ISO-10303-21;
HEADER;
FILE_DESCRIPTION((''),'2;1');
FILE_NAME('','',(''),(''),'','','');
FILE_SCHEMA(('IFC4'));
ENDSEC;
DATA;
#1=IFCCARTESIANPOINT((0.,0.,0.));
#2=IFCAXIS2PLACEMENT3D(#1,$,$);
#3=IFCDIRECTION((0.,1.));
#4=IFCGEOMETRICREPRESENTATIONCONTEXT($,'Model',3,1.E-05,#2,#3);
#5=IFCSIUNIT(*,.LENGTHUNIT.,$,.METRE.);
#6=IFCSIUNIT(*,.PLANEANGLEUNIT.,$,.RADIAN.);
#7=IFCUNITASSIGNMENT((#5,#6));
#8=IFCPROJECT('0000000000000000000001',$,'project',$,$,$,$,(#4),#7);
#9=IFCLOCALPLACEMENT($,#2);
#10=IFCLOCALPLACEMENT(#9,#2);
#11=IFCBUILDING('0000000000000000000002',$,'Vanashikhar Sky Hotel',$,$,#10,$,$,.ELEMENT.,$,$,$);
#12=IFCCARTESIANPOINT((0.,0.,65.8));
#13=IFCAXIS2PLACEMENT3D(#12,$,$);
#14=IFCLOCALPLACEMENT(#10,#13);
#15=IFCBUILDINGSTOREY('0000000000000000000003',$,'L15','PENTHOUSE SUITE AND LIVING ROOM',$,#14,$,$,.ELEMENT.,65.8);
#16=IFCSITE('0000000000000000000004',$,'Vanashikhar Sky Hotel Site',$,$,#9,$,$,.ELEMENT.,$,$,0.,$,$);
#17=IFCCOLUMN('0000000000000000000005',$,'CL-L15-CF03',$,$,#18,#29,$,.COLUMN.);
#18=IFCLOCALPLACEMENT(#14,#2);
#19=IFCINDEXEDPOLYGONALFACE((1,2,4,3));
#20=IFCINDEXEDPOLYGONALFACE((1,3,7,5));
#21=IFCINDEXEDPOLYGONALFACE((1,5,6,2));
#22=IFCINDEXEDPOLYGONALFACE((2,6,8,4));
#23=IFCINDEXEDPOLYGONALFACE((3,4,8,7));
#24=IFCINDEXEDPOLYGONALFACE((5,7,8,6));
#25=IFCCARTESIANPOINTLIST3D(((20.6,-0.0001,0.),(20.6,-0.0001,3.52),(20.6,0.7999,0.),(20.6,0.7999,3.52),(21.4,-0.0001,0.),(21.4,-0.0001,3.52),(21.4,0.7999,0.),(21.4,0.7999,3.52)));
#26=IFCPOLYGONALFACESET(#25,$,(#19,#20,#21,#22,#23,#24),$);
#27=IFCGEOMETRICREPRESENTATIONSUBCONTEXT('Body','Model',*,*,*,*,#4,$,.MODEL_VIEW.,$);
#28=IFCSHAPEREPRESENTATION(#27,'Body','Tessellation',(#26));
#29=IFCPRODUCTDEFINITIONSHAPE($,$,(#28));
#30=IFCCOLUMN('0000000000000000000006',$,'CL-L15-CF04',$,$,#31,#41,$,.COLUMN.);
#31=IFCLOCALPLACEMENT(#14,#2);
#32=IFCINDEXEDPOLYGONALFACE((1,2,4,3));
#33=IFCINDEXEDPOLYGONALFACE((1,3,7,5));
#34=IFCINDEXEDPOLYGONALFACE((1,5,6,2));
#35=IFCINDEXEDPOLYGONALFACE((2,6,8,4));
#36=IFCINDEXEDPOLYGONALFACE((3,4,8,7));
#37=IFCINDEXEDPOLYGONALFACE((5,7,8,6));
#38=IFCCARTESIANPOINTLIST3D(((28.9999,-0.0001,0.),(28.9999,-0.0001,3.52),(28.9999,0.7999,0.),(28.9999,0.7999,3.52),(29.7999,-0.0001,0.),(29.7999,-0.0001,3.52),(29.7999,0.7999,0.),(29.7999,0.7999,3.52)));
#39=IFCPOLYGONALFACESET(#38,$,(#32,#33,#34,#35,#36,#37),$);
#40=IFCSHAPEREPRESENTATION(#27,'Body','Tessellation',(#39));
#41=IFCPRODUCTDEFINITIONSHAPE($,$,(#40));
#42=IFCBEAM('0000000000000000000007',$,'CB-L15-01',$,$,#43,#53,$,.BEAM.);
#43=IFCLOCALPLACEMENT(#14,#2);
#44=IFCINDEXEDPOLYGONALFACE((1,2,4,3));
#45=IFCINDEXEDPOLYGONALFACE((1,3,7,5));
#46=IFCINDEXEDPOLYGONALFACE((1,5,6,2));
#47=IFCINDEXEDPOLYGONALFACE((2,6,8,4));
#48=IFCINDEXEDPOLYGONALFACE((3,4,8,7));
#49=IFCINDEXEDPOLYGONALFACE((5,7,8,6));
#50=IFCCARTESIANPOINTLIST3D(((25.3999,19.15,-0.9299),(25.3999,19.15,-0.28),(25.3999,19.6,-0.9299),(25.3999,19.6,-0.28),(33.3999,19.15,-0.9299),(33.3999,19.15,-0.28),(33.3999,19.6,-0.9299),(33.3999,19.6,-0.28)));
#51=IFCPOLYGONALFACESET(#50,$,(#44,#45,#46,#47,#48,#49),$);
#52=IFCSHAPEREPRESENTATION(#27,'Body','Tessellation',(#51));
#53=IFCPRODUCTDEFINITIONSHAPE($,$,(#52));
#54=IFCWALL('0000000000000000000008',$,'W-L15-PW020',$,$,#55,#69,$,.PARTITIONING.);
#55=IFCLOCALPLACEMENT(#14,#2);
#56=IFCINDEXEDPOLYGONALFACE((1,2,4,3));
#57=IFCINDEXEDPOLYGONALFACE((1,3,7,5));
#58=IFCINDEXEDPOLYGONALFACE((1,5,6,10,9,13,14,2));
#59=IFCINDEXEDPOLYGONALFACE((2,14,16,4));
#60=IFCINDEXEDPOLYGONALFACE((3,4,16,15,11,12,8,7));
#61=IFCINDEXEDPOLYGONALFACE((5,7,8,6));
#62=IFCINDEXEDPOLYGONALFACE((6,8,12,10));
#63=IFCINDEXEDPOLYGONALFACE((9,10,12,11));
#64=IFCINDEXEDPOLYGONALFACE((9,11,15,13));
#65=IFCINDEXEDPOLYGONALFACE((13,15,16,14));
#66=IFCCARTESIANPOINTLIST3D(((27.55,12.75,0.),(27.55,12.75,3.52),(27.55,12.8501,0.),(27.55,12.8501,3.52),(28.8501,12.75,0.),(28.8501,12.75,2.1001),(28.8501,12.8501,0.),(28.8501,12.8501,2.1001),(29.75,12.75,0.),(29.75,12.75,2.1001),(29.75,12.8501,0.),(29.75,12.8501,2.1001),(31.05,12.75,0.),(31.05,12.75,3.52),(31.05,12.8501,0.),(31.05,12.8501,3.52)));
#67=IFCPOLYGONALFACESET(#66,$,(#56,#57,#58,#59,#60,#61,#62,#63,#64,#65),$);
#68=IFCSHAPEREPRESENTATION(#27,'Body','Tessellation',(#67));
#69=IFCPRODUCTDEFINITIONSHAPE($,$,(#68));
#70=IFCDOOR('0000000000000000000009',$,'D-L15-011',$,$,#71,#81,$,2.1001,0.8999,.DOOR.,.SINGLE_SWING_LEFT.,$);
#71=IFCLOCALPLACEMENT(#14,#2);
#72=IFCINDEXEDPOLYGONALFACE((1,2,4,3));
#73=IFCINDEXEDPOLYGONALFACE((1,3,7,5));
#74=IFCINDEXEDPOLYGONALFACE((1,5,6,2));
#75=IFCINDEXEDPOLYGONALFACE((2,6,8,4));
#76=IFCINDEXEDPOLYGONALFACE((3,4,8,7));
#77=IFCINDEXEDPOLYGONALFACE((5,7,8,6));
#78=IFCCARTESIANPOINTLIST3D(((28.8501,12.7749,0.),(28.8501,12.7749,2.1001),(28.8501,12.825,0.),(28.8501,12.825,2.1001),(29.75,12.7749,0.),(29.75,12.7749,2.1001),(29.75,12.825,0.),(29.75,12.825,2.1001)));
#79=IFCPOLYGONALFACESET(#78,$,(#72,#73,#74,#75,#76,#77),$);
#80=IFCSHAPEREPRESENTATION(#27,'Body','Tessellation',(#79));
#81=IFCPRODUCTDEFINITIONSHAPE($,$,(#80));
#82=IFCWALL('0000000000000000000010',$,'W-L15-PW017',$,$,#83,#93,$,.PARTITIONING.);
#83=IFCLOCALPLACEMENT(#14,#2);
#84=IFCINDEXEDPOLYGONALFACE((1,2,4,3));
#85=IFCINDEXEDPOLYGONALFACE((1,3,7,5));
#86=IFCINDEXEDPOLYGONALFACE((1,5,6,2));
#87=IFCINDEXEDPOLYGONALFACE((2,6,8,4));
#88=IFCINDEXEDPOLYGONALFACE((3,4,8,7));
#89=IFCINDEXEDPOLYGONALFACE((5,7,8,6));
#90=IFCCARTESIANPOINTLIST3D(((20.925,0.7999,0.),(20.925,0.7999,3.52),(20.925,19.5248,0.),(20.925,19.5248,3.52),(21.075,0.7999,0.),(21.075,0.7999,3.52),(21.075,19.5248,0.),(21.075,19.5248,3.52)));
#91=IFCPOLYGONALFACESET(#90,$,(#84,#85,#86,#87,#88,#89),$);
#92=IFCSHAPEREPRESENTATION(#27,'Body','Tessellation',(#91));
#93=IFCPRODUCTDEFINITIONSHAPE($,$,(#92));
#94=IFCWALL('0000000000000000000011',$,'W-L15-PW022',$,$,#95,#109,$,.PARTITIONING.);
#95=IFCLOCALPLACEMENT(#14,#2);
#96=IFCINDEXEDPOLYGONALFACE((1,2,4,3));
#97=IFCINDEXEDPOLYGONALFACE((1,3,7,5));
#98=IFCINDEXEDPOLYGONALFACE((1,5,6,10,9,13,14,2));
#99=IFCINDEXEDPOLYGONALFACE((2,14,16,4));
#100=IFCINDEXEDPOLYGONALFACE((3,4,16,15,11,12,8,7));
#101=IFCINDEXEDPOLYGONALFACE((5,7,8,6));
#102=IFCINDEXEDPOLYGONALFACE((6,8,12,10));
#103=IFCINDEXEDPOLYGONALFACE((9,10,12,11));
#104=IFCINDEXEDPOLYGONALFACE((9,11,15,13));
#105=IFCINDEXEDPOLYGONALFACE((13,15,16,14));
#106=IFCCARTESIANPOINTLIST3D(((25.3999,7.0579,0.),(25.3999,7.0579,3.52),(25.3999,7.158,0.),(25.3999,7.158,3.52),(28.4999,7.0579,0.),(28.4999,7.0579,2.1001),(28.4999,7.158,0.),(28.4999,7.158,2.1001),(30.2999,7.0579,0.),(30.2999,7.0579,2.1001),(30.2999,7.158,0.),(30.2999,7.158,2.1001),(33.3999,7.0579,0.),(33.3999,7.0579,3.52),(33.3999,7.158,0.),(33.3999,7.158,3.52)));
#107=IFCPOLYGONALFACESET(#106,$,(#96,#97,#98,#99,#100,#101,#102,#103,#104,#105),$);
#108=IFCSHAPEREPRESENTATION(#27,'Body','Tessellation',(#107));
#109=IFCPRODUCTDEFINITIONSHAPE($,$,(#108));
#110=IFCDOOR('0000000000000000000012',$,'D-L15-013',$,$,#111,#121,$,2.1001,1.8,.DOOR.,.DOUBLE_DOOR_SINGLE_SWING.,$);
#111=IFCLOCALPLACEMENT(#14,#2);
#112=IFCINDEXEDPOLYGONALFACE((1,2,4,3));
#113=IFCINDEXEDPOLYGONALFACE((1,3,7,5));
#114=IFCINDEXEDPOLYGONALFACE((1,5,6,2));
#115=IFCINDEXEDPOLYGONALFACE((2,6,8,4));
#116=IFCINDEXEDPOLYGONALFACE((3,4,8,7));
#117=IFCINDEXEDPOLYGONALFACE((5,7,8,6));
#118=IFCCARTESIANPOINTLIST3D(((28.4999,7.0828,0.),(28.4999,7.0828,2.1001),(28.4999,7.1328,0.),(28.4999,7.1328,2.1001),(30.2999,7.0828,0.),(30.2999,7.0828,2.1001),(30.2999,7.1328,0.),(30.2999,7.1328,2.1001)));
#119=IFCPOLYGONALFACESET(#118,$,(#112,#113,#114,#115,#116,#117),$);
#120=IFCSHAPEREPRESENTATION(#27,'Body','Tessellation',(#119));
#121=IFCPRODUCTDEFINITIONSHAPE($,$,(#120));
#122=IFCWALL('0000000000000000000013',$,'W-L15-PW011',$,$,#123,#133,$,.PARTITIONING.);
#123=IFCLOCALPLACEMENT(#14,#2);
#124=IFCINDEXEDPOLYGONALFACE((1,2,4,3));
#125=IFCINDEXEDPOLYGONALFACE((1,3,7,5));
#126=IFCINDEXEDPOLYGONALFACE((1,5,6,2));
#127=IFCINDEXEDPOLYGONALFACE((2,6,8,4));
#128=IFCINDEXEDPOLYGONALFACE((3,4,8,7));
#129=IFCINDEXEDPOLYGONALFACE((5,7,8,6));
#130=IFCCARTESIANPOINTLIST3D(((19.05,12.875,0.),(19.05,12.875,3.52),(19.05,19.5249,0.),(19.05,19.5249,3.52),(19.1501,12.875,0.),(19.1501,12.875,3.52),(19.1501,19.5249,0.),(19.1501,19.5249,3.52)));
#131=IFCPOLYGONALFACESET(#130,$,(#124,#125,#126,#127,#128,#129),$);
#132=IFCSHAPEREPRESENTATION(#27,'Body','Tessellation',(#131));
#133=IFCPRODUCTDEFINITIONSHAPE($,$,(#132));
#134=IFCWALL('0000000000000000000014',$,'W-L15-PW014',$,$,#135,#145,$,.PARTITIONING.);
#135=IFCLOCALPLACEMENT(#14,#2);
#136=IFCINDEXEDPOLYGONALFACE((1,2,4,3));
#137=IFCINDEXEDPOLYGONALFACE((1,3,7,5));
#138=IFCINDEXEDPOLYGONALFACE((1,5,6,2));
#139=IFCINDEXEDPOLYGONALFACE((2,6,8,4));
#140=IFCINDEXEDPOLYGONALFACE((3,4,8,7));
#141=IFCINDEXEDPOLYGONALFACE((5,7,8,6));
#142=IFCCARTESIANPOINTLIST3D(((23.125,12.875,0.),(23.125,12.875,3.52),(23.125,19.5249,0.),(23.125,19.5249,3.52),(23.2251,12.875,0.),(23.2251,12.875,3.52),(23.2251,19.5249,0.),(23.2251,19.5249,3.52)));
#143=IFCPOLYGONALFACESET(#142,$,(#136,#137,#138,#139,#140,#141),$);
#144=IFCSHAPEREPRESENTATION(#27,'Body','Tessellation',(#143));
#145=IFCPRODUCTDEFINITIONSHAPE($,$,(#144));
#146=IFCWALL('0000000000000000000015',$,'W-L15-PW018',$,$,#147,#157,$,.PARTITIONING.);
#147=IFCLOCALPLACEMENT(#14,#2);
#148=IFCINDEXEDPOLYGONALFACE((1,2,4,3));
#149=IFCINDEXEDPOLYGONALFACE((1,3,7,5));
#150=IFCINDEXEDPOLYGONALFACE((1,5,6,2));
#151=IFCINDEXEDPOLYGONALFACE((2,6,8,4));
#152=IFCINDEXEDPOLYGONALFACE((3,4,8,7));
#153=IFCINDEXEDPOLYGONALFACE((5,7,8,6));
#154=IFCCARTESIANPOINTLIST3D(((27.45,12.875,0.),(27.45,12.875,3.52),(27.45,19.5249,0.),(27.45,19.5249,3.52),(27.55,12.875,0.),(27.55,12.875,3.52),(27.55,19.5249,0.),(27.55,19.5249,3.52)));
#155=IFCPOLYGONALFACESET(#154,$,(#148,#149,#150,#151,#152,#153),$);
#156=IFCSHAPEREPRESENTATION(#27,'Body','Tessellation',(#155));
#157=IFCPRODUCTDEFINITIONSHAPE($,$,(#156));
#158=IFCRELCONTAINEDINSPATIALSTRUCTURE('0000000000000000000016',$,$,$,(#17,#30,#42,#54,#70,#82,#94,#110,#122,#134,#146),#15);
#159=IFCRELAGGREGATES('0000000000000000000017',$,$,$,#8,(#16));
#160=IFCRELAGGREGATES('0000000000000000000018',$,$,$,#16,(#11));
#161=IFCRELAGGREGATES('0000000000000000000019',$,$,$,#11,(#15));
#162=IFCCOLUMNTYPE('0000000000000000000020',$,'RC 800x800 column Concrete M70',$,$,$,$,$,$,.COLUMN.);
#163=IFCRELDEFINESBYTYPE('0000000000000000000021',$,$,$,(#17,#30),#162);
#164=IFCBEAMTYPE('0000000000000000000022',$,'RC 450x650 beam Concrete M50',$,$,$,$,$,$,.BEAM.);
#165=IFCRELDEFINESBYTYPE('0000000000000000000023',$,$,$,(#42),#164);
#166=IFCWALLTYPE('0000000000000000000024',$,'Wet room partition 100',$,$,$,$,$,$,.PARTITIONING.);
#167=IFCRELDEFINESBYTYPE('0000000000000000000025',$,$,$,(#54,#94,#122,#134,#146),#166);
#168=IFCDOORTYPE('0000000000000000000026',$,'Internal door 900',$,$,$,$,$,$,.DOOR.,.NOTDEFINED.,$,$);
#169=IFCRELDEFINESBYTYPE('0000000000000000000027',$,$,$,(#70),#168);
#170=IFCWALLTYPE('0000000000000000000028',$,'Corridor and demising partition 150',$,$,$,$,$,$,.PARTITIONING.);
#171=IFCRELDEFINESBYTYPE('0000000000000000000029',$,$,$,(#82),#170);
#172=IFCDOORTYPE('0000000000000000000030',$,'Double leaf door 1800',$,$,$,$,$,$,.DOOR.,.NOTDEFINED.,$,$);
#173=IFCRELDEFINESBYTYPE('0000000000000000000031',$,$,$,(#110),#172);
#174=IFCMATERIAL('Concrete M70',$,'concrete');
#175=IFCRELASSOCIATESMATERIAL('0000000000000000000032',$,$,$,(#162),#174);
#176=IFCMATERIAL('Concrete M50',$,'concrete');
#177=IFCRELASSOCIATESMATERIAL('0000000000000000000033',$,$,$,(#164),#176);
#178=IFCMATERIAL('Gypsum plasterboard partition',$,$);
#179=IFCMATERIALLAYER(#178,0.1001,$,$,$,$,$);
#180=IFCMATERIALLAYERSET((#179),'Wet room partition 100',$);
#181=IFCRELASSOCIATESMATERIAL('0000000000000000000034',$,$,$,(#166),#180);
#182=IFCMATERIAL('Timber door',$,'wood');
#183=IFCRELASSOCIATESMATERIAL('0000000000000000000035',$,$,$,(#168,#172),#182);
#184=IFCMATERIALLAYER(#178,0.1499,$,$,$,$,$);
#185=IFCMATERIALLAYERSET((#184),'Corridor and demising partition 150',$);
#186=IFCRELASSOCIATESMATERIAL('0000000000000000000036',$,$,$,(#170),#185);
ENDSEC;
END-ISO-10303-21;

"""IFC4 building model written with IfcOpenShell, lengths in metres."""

from ifc_helpers import new_model, si_unit, direction, frame, frame_2d, origin, origin_2d, place, context, subcontext, project, spatial, rectangle, extrude, source, transform, mapped, material, layer, layer_set, material_profile, profile_set, type_object, element, fill, save


model = new_model("IFC4")

# Units and contexts
model_context = context("Model", 3, precision=1e-05, world=origin(), true_north=direction((0.0, 1.0)))
body_context = subcontext(model_context, "Body", "Model", "MODEL_VIEW")
ifc_project = project(units=[si_unit("LENGTHUNIT", "METRE"), si_unit("PLANEANGLEUNIT", "RADIAN")], contexts=[model_context])

# Site, building, storey
site_placement = place(None, origin())
site = spatial("IfcSite", under=ifc_project, at=site_placement, Name="Vanashikhar Sky Hotel Site", CompositionType="ELEMENT", RefElevation=0.0)
building_placement = place(site_placement, origin())
building = spatial("IfcBuilding", under=site, at=building_placement, Name="Vanashikhar Sky Hotel", CompositionType="ELEMENT")
storey_placement = place(building_placement, frame((0.0, 0.0, 65.8)))
storey = spatial("IfcBuildingStorey", under=building, at=storey_placement, Name="L15", Description="PENTHOUSE SUITE AND LIVING ROOM", CompositionType="ELEMENT", Elevation=65.8)

# Columns
ifc_material_1 = material(Name="Concrete M70", Category="concrete")
ifc_material_profile_1 = material_profile(ifc_material_1, rectangle(XDim=0.8, YDim=0.8, at=origin_2d()))
ifc_profile_set_1 = profile_set([ifc_material_profile_1], Name="RC 800x800 column Concrete M70")
column_type = type_object("IfcColumnType", Name="RC 800x800 column Concrete M70", PredefinedType="COLUMN", material=ifc_profile_set_1)
shared_shape_1 = source(origin(), body_context, "Body", "SweptSolid", [
    extrude(rectangle(XDim=0.8, YDim=0.8, at=origin_2d()), origin(), (0.0, 0.0, 1.0), 3.52),
])
for number, where, z_axis, x_axis, name in (
    (1, (21.0, 0.3999, 0.0), (0.0, 0.0, 1.0), (1.0, 0.0, 0.0), "CL-L15-CF03"),
    (2, (29.3999, 0.3999, 0.0), (0.0, 0.0, 1.0), (1.0, 0.0, 0.0), "CL-L15-CF04"),
):
    element("IfcColumn", number, at=place(storey_placement, frame(where, z_axis=z_axis, x_axis=x_axis)), inside=storey, type_object=column_type, Name=name, PredefinedType="COLUMN", context=body_context, shape_type="MappedRepresentation", body=[
        mapped(shared_shape_1, transform((0.0, 0.0, 0.0), scale=1.0)),
    ])

# Beam
ifc_material_2 = material(Name="Concrete M50", Category="concrete")
ifc_material_profile_2 = material_profile(ifc_material_2, rectangle(XDim=0.45, YDim=0.6499, at=origin_2d()))
ifc_profile_set_2 = profile_set([ifc_material_profile_2], Name="RC 450x650 beam Concrete M50")
beam_type = type_object("IfcBeamType", Name="RC 450x650 beam Concrete M50", PredefinedType="BEAM", material=ifc_profile_set_2)
shared_shape_2 = source(origin(), body_context, "Body", "SweptSolid", [
    extrude(rectangle(XDim=0.45, YDim=0.6499, at=origin_2d()), origin(), (0.0, 0.0, 1.0), 8.0),
])
beam_placement = place(storey_placement, frame((25.3999, 19.375, -0.605), z_axis=(1.0, 0.0, 0.0), x_axis=(0.0, 1.0, 0.0)))
element("IfcBeam", 3, at=beam_placement, inside=storey, type_object=beam_type, Name="CB-L15-01", PredefinedType="BEAM", context=body_context, shape_type="MappedRepresentation", body=[
    mapped(shared_shape_2, transform((0.0, 0.0, 0.0), scale=1.0)),
])

# Wall, opening, door
ifc_material_3 = material(Name="Gypsum plasterboard partition")
ifc_layer_1 = layer(ifc_material_3, 0.1001)
ifc_layer_set_1 = layer_set([ifc_layer_1], Name="Wet room partition 100")
wall_type_1 = type_object("IfcWallType", Name="Wet room partition 100", PredefinedType="PARTITIONING", material=ifc_layer_set_1)
shared_shape_3 = source(origin(), body_context, "Body", "SweptSolid", [
    extrude(rectangle(XDim=3.5, YDim=0.1001, at=frame_2d((1.75, 0.0))), origin(), (0.0, 0.0, 1.0), 3.52),
])
wall_1_placement = place(storey_placement, frame((27.55, 12.8, 0.0), z_axis=(0.0, 0.0, 1.0), x_axis=(1.0, 0.0, 0.0)))
wall_1 = element("IfcWall", 4, at=wall_1_placement, inside=storey, type_object=wall_type_1, Name="W-L15-PW020", PredefinedType="PARTITIONING", context=body_context, shape_type="MappedRepresentation", body=[
    mapped(shared_shape_3, transform((0.0, 0.0, 0.0), scale=1.0)),
])
shared_shape_4 = source(origin(), body_context, "Body", "SweptSolid", [
    extrude(rectangle(XDim=0.8999, YDim=2.1001, at=frame_2d((0.45, 1.05))), frame((0.0, 0.0601, 0.0), z_axis=(0.0, -1.0, 0.0), x_axis=(1.0, 0.0, 0.0)), (0.0, 0.0, 1.0), 0.1201),
])
opening_1_placement = place(wall_1_placement, frame((1.3, 0.0, 0.0)))
opening_1 = element("IfcOpeningElement", 5, at=opening_1_placement, cuts=wall_1, PredefinedType="OPENING", context=body_context, shape_type="MappedRepresentation", body=[
    mapped(shared_shape_4, transform((0.0, 0.0, 0.0), scale=1.0)),
])
ifc_material_4 = material(Name="Timber door", Category="wood")
door_type_1 = type_object("IfcDoorType", Name="Internal door 900", OperationType="NOTDEFINED", PredefinedType="DOOR", material=ifc_material_4)
shared_shape_5 = source(origin(), body_context, "Body", "SweptSolid", [
    extrude(rectangle(XDim=0.8999, YDim=2.1001, at=frame_2d((0.45, 1.05))), frame((0.0, 0.0249, 0.0), z_axis=(0.0, -1.0, 0.0), x_axis=(1.0, 0.0, 0.0)), (0.0, 0.0, 1.0), 0.05),
])
door_1_placement = place(opening_1_placement, origin())
door_1 = element("IfcDoor", 6, at=door_1_placement, inside=storey, type_object=door_type_1, Name="D-L15-011", OperationType="SINGLE_SWING_LEFT", OverallHeight=2.1001, OverallWidth=0.8999, PredefinedType="DOOR", context=body_context, shape_type="MappedRepresentation", body=[
    mapped(shared_shape_5, transform((0.0, 0.0, 0.0), scale=1.0)),
])
fill(opening_1, door_1)

# Wall
ifc_layer_2 = layer(ifc_material_3, 0.1499)
ifc_layer_set_2 = layer_set([ifc_layer_2], Name="Corridor and demising partition 150")
wall_type_2 = type_object("IfcWallType", Name="Corridor and demising partition 150", PredefinedType="PARTITIONING", material=ifc_layer_set_2)
shared_shape_6 = source(origin(), body_context, "Body", "SweptSolid", [
    extrude(rectangle(XDim=18.7249, YDim=0.1499, at=frame_2d((9.3623, 0.0))), origin(), (0.0, 0.0, 1.0), 3.52),
])
wall_2_placement = place(storey_placement, frame((21.0, 0.8, 0.0), z_axis=(0.0, 0.0, 1.0), x_axis=(0.0, 1.0, 0.0)))
element("IfcWall", 7, at=wall_2_placement, inside=storey, type_object=wall_type_2, Name="W-L15-PW017", PredefinedType="PARTITIONING", context=body_context, shape_type="MappedRepresentation", body=[
    mapped(shared_shape_6, transform((0.0, 0.0, 0.0), scale=1.0)),
])

# Wall, opening, door
shared_shape_7 = source(origin(), body_context, "Body", "SweptSolid", [
    extrude(rectangle(XDim=8.0, YDim=0.1001, at=frame_2d((4.0, 0.0))), origin(), (0.0, 0.0, 1.0), 3.52),
])
wall_3_placement = place(storey_placement, frame((25.3999, 7.1079, 0.0), z_axis=(0.0, 0.0, 1.0), x_axis=(1.0, 0.0, 0.0)))
wall_3 = element("IfcWall", 8, at=wall_3_placement, inside=storey, type_object=wall_type_1, Name="W-L15-PW022", PredefinedType="PARTITIONING", context=body_context, shape_type="MappedRepresentation", body=[
    mapped(shared_shape_7, transform((0.0, 0.0, 0.0), scale=1.0)),
])
shared_shape_8 = source(origin(), body_context, "Body", "SweptSolid", [
    extrude(rectangle(XDim=1.8, YDim=2.1001, at=frame_2d((0.8999, 1.05))), frame((0.0, 0.0601, 0.0), z_axis=(0.0, -1.0, 0.0), x_axis=(1.0, 0.0, 0.0)), (0.0, 0.0, 1.0), 0.1201),
])
opening_2_placement = place(wall_3_placement, frame((3.1001, 0.0, 0.0)))
opening_2 = element("IfcOpeningElement", 9, at=opening_2_placement, cuts=wall_3, PredefinedType="OPENING", context=body_context, shape_type="MappedRepresentation", body=[
    mapped(shared_shape_8, transform((0.0, 0.0, 0.0), scale=1.0)),
])
door_type_2 = type_object("IfcDoorType", Name="Double leaf door 1800", OperationType="NOTDEFINED", PredefinedType="DOOR", material=ifc_material_4)
shared_shape_9 = source(origin(), body_context, "Body", "SweptSolid", [
    extrude(rectangle(XDim=1.8, YDim=2.1001, at=frame_2d((0.8999, 1.05))), frame((0.0, 0.0249, 0.0), z_axis=(0.0, -1.0, 0.0), x_axis=(1.0, 0.0, 0.0)), (0.0, 0.0, 1.0), 0.05),
])
door_2_placement = place(opening_2_placement, origin())
door_2 = element("IfcDoor", 10, at=door_2_placement, inside=storey, type_object=door_type_2, Name="D-L15-013", OperationType="DOUBLE_DOOR_SINGLE_SWING", OverallHeight=2.1001, OverallWidth=1.8, PredefinedType="DOOR", context=body_context, shape_type="MappedRepresentation", body=[
    mapped(shared_shape_9, transform((0.0, 0.0, 0.0), scale=1.0)),
])
fill(opening_2, door_2)

# Walls
shared_shape_10 = source(origin(), body_context, "Body", "SweptSolid", [
    extrude(rectangle(XDim=6.6499, YDim=0.1001, at=frame_2d((3.325, 0.0))), origin(), (0.0, 0.0, 1.0), 3.52),
])
for number, where, z_axis, x_axis, name in (
    (11, (19.1001, 12.875, 0.0), (0.0, 0.0, 1.0), (0.0, 1.0, 0.0), "W-L15-PW011"),
    (12, (23.175, 12.875, 0.0), (0.0, 0.0, 1.0), (0.0, 1.0, 0.0), "W-L15-PW014"),
    (13, (27.5, 12.875, 0.0), (0.0, 0.0, 1.0), (0.0, 1.0, 0.0), "W-L15-PW018"),
):
    element("IfcWall", number, at=place(storey_placement, frame(where, z_axis=z_axis, x_axis=x_axis)), inside=storey, type_object=wall_type_1, Name=name, PredefinedType="PARTITIONING", context=body_context, shape_type="MappedRepresentation", body=[
        mapped(shared_shape_10, transform((0.0, 0.0, 0.0), scale=1.0)),
    ])

save(model, "model.ifc")
